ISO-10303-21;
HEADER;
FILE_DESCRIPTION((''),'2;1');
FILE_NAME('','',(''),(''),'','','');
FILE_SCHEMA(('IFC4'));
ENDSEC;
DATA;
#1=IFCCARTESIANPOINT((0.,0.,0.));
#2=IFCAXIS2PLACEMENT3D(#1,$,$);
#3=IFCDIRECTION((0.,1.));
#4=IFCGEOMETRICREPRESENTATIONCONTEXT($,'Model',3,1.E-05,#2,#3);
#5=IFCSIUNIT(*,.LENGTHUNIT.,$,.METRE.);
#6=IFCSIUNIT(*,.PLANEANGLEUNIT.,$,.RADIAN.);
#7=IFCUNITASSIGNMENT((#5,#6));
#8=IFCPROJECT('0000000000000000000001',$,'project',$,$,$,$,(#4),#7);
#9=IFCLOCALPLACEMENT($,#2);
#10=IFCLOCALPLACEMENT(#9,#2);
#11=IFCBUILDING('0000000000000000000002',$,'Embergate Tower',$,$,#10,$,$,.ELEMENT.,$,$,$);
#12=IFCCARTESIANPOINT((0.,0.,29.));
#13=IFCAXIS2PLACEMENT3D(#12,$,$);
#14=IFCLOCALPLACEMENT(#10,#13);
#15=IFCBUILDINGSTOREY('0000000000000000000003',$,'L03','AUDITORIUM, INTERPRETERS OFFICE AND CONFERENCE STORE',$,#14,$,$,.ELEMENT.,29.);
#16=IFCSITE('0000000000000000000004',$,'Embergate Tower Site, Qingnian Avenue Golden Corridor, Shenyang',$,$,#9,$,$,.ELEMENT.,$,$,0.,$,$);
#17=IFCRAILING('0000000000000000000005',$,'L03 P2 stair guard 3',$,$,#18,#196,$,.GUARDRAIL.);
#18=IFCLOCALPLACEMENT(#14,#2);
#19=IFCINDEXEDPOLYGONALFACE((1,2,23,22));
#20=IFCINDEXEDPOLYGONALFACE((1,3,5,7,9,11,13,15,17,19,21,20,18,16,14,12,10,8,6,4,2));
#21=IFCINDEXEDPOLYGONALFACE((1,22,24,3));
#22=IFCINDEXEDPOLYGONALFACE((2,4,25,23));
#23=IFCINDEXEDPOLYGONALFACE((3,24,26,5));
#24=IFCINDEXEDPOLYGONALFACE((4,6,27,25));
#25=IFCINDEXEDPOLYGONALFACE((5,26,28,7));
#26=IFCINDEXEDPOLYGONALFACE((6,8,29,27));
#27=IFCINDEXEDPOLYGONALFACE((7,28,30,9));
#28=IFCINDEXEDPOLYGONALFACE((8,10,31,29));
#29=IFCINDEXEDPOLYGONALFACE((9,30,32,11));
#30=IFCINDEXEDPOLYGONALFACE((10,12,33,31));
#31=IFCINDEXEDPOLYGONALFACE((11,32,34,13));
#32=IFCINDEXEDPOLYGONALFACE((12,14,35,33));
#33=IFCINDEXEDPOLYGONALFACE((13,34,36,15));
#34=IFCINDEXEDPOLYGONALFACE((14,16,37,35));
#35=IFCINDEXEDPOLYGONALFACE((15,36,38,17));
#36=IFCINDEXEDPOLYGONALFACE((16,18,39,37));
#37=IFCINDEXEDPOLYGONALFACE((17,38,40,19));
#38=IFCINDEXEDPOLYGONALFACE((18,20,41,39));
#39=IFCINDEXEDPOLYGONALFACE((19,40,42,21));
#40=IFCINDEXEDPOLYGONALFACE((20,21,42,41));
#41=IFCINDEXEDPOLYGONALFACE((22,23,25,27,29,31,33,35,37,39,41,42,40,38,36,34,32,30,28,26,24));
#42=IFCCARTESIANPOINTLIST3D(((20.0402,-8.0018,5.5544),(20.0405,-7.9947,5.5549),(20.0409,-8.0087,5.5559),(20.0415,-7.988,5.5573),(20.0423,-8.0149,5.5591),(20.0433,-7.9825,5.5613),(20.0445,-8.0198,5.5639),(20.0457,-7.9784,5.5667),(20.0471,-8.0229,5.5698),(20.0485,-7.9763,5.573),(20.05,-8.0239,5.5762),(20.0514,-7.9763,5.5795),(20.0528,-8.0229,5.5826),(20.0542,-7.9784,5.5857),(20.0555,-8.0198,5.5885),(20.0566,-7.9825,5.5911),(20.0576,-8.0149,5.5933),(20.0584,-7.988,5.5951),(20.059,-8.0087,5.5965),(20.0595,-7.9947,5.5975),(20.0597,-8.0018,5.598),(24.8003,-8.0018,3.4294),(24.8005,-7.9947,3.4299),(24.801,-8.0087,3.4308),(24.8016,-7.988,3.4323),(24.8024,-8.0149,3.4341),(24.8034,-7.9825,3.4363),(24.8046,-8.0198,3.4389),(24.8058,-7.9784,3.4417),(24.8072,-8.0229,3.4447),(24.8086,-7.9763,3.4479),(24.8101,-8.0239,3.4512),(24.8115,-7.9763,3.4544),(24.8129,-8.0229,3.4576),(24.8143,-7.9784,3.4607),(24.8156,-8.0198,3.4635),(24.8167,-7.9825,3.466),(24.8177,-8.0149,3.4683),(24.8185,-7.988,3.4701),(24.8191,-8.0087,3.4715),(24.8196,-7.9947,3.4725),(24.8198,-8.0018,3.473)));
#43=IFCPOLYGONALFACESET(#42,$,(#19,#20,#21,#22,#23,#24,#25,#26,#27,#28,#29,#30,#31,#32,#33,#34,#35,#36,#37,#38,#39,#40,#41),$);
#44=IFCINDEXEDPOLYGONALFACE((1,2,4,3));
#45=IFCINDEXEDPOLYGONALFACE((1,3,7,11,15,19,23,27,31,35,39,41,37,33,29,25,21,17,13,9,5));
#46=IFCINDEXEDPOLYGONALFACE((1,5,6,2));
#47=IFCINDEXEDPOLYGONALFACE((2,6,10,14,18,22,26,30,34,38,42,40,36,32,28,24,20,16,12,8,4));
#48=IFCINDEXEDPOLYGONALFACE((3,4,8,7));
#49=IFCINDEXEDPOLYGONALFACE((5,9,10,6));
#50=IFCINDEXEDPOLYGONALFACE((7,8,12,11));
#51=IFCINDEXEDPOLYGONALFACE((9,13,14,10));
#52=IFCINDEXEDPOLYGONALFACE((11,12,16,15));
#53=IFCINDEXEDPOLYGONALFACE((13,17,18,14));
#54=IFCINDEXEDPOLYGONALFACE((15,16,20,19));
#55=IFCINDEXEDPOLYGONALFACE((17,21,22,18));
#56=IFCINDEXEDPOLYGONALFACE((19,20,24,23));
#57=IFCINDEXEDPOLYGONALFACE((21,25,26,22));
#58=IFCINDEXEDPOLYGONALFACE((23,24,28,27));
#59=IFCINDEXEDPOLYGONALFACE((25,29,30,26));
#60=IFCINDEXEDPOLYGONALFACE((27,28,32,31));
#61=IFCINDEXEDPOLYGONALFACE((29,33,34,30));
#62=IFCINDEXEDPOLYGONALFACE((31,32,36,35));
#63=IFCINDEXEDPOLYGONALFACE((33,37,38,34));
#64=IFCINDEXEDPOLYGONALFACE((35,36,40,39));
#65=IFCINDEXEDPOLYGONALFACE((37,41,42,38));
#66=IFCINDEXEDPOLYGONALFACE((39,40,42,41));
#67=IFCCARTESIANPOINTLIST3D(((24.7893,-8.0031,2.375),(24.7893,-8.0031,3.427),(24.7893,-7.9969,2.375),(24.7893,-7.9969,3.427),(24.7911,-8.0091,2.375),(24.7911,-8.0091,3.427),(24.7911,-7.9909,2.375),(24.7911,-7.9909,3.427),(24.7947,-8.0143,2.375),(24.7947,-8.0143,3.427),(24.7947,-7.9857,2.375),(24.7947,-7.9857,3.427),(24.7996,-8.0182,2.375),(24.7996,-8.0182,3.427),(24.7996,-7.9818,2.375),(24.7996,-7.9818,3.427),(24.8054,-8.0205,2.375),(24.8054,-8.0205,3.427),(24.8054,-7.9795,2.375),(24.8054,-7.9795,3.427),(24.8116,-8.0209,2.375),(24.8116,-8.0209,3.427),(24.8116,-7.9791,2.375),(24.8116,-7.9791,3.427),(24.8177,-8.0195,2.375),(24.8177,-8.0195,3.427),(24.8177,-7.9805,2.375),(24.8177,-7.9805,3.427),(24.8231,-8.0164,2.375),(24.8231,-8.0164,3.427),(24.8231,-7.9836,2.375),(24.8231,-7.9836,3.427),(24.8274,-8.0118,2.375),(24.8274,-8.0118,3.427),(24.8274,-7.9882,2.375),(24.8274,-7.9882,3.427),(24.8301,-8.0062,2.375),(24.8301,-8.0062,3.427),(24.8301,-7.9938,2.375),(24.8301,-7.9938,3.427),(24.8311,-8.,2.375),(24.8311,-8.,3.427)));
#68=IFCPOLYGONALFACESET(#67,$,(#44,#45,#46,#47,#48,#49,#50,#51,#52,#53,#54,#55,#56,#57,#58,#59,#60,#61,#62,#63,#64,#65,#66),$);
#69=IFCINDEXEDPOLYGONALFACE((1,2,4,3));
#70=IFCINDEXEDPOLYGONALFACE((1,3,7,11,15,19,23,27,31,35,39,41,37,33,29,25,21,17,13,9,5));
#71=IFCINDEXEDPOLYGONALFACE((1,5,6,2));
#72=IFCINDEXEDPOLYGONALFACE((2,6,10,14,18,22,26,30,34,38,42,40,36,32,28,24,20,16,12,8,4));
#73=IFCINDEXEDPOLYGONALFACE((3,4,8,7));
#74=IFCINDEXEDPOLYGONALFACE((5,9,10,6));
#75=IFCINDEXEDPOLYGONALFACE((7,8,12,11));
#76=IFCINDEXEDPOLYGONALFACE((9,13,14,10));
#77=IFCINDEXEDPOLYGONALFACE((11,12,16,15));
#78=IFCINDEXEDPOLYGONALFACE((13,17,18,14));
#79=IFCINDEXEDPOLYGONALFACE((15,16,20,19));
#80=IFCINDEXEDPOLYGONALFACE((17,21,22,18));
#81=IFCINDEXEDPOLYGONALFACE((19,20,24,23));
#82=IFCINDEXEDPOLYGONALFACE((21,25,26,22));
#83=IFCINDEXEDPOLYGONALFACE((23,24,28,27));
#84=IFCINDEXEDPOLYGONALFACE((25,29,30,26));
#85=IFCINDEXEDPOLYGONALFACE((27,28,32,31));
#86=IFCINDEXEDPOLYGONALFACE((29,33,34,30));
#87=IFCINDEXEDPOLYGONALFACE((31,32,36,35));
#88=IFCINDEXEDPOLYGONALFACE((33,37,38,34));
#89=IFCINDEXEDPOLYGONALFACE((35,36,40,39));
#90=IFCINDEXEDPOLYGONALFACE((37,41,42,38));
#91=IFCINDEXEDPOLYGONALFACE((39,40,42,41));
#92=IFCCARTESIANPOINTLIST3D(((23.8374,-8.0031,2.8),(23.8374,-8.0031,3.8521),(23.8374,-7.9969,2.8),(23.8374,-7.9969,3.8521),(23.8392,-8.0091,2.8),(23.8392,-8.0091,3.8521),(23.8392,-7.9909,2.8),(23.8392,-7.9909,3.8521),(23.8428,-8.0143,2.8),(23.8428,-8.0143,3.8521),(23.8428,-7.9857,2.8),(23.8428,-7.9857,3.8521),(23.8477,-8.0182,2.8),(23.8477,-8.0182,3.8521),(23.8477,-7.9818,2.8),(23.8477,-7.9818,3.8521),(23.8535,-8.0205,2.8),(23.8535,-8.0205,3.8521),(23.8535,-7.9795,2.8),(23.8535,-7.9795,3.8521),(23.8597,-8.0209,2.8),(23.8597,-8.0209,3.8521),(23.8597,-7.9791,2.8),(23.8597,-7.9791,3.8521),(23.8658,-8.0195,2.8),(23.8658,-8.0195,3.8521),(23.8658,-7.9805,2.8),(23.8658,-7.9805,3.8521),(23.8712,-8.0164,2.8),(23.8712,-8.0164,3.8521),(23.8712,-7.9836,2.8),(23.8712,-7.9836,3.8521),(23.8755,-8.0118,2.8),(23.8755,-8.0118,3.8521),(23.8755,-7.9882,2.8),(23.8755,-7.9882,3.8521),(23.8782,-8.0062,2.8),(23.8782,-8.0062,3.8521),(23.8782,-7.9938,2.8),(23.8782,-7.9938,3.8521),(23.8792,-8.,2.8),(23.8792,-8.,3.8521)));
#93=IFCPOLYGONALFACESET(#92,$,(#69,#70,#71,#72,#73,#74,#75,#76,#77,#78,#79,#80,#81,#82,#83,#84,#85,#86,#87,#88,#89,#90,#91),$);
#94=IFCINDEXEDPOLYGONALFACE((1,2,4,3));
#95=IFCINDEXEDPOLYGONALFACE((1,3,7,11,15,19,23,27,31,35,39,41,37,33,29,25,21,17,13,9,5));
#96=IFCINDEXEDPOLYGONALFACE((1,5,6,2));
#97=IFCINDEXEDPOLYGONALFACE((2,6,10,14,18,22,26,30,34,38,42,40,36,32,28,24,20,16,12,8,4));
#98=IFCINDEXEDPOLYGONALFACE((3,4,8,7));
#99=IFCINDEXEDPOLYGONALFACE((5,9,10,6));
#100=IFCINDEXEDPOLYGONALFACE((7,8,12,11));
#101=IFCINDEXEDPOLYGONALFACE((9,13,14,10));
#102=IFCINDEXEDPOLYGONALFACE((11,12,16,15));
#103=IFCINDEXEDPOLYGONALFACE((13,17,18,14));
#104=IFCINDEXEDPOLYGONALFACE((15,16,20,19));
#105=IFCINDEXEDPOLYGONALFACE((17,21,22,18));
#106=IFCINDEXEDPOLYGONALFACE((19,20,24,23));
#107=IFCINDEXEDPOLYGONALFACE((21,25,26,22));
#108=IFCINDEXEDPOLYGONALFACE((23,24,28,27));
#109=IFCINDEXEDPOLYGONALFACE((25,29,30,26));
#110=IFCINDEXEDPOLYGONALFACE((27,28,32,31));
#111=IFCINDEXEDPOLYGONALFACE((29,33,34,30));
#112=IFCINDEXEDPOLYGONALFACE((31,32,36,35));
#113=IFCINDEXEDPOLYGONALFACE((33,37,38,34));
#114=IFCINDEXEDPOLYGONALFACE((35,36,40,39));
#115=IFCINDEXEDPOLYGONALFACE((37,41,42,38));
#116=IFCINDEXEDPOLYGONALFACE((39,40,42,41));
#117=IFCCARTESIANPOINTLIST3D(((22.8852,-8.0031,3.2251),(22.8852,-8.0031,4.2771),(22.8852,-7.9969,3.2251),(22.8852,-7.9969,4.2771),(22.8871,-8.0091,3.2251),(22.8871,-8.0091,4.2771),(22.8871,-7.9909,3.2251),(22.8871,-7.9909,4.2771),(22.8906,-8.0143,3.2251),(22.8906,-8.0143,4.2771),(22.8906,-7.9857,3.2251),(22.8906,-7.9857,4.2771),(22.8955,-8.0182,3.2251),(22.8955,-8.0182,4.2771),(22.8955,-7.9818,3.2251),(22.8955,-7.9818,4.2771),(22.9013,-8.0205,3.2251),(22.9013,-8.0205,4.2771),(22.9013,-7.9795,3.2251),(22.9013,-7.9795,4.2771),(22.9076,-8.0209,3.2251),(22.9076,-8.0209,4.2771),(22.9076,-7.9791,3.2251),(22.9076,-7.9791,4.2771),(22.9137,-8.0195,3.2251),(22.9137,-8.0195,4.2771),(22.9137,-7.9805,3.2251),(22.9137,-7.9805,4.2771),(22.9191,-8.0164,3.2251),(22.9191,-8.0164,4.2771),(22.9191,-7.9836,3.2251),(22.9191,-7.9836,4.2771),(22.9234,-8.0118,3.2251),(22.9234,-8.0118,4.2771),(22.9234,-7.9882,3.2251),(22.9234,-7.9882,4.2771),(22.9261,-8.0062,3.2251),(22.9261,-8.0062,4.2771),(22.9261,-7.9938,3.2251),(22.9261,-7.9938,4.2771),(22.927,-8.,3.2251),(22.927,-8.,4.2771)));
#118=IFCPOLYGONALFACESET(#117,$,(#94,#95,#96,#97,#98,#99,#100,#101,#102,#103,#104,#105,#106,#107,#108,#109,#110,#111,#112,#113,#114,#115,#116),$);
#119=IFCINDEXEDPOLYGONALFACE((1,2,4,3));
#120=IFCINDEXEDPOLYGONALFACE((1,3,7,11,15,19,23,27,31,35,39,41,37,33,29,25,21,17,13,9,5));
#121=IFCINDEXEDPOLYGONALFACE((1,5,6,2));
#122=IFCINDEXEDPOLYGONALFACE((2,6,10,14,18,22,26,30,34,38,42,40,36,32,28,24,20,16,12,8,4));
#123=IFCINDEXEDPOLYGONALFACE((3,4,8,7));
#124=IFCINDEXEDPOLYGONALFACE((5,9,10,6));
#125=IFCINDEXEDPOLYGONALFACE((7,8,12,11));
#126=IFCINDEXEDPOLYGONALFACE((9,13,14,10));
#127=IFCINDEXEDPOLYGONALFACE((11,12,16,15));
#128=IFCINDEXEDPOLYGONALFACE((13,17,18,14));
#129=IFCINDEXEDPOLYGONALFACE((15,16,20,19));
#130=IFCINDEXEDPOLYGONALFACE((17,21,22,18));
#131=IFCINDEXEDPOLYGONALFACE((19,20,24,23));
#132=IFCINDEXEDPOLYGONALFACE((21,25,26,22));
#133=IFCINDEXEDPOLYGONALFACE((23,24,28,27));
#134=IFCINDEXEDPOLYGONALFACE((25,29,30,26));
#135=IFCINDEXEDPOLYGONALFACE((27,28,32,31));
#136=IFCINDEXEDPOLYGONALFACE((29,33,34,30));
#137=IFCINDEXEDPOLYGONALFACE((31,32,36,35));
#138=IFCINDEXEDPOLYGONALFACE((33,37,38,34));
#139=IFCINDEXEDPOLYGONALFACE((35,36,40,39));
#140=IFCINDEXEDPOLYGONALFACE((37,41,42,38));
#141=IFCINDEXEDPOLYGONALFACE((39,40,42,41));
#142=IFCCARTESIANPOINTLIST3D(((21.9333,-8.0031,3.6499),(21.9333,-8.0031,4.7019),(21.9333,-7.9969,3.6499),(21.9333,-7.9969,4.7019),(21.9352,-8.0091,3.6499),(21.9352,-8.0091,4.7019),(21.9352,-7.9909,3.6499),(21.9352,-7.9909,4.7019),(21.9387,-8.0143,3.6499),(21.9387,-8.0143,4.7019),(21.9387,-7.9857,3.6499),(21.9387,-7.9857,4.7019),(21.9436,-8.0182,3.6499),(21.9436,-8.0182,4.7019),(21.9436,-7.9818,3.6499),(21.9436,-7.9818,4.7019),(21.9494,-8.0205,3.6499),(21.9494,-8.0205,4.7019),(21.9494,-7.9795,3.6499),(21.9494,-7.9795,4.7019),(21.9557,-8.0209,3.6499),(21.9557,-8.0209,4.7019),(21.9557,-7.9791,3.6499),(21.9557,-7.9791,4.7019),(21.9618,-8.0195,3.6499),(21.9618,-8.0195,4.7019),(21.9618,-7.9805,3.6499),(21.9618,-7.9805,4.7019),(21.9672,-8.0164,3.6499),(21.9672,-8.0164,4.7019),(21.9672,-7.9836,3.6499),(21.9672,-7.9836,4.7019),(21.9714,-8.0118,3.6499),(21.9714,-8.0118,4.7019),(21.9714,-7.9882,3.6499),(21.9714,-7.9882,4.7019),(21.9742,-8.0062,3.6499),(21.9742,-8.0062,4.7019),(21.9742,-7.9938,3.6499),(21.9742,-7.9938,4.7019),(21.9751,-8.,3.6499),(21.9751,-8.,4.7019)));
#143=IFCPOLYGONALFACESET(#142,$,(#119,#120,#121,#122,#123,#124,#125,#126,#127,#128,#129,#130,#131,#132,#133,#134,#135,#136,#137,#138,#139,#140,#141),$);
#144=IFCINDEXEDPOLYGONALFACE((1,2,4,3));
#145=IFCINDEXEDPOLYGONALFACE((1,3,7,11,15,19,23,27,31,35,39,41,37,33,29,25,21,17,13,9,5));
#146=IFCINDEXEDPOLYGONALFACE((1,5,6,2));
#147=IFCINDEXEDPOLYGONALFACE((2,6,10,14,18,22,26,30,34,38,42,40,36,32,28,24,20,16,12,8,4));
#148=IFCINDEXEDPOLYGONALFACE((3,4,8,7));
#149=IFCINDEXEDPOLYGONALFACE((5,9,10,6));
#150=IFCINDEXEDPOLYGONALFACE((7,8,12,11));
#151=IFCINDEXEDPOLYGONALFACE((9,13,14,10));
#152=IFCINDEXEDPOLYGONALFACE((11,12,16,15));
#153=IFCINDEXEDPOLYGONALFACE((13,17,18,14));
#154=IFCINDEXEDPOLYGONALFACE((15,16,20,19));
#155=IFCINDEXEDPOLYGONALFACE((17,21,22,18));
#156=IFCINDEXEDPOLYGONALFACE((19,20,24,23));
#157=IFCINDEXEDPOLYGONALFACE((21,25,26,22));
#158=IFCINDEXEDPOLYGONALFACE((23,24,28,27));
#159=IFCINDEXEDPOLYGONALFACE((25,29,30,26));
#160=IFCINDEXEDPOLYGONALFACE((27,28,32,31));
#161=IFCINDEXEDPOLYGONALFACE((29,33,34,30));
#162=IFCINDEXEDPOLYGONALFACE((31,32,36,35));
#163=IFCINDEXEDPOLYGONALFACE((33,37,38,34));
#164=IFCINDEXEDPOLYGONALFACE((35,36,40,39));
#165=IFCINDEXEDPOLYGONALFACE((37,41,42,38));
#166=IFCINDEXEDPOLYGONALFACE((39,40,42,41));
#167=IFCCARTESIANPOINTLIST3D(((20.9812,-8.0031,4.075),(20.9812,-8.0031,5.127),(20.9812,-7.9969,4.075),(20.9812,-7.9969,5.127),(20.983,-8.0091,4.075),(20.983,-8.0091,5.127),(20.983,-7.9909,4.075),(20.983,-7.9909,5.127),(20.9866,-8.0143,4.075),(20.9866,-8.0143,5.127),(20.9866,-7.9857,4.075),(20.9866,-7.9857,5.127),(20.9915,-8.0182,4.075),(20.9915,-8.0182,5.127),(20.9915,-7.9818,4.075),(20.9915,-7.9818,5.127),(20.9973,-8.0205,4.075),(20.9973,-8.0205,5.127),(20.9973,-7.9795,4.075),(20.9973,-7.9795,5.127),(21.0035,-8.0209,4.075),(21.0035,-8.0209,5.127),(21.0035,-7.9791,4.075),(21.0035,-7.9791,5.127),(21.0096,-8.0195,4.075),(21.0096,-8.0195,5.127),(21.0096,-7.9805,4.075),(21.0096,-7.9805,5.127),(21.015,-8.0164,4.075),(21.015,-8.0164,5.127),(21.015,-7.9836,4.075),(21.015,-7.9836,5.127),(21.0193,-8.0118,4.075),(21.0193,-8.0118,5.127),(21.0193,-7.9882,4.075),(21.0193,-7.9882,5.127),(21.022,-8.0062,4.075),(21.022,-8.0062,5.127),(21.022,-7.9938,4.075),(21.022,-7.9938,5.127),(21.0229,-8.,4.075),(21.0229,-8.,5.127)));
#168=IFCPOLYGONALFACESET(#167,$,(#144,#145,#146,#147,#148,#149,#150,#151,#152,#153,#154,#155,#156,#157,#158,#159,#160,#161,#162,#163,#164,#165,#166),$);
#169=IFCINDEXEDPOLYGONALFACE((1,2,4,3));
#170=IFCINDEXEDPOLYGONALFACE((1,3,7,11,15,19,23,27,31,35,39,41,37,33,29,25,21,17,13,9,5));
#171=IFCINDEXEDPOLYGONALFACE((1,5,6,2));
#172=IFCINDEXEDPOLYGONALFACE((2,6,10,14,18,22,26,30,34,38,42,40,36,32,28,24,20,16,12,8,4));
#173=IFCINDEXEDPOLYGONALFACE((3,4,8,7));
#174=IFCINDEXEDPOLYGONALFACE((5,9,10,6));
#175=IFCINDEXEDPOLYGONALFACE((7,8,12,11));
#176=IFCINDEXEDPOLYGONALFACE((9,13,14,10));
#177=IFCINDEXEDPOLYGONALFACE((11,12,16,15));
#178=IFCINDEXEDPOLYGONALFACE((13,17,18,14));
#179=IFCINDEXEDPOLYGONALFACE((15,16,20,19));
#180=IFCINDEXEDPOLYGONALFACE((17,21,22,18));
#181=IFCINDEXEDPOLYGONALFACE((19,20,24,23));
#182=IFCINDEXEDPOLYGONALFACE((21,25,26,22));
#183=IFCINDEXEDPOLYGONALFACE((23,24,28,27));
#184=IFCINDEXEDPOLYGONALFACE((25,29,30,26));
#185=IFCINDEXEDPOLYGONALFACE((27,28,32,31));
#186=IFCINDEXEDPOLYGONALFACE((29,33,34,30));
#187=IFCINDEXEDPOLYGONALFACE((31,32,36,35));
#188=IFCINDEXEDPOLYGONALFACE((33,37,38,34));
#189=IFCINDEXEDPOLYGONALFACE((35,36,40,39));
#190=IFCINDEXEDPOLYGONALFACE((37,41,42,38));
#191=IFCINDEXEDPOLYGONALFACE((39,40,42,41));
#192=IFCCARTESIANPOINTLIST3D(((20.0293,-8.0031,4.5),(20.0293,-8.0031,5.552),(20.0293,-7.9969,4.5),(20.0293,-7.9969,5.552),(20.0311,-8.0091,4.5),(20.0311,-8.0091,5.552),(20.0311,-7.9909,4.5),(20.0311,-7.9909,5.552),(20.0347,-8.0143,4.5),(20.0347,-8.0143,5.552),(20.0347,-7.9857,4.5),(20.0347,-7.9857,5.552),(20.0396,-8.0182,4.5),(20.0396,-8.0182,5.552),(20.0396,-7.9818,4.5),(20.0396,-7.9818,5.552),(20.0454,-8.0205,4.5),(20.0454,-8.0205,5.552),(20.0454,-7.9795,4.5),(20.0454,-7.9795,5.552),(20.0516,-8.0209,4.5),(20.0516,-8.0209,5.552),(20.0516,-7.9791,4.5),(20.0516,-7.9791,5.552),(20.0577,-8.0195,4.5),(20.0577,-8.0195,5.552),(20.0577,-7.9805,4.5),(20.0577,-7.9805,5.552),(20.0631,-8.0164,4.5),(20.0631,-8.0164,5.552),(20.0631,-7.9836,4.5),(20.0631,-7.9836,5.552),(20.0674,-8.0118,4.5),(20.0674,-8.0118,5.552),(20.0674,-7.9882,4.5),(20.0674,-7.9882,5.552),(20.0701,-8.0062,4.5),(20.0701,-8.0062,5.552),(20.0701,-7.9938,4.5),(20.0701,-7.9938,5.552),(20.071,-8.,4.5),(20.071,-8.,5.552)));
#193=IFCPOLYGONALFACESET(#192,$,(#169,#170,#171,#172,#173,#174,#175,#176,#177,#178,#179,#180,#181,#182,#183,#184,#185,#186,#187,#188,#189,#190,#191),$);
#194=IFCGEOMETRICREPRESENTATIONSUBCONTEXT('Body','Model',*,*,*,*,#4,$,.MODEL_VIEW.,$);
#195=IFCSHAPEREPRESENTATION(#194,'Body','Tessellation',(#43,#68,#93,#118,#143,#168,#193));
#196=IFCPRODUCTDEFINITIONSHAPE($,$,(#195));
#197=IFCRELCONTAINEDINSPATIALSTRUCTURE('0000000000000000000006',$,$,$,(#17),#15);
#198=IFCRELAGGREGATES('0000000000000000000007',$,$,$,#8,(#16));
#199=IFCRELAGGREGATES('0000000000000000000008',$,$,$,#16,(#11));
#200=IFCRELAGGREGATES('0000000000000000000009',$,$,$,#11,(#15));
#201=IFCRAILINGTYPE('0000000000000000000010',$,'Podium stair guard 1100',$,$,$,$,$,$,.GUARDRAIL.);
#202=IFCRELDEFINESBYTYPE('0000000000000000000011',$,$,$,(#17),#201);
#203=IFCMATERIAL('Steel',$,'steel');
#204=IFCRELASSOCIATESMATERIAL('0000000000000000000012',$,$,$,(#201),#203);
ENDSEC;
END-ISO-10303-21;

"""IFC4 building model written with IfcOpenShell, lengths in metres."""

from ifc_helpers import new_model, si_unit, direction, frame, origin, origin_2d, place, context, subcontext, project, spatial, circle, extrude, source, transform, mapped, material, type_object, element, save


model = new_model("IFC4")

# Units and contexts
model_context = context("Model", 3, precision=1e-05, world=origin(), true_north=direction((0.0, 1.0)))
body_context = subcontext(model_context, "Body", "Model", "MODEL_VIEW")
ifc_project = project(units=[si_unit("LENGTHUNIT", "METRE"), si_unit("PLANEANGLEUNIT", "RADIAN")], contexts=[model_context])

# Site, building, storey
site_placement = place(None, origin())
site = spatial("IfcSite", under=ifc_project, at=site_placement, Name="Embergate Tower Site, Qingnian Avenue Golden Corridor, Shenyang", CompositionType="ELEMENT", RefElevation=0.0)
building_placement = place(site_placement, origin())
building = spatial("IfcBuilding", under=site, at=building_placement, Name="Embergate Tower", CompositionType="ELEMENT")
storey_placement = place(building_placement, frame((0.0, 0.0, 29.0)))
storey = spatial("IfcBuildingStorey", under=building, at=storey_placement, Name="L03", Description="AUDITORIUM, INTERPRETERS OFFICE AND CONFERENCE STORE", CompositionType="ELEMENT", Elevation=29.0)

# Railing
ifc_material_1 = material(Name="Steel", Category="steel")
railing_type_1 = type_object("IfcRailingType", Name="Podium stair guard 1100", PredefinedType="GUARDRAIL", material=ifc_material_1)
shared_shape_1 = source(origin(), body_context, "Body", "SweptSolid", [
    extrude(circle(Radius=0.0239, at=origin_2d()), frame((0.0, 0.0, 1.0762), z_axis=(-0.913138, 0.0, 0.40765), x_axis=(0.0, -1.0, 0.0)), (0.0, 0.0, 1.0), 5.2129),
    extrude(circle(Radius=0.021, at=origin_2d()), origin(), (0.0, 0.0, 1.0), 1.052),
    extrude(circle(Radius=0.021, at=origin_2d()), frame((-0.9519, 0.0, 0.425)), (0.0, 0.0, 1.0), 1.052),
    extrude(circle(Radius=0.021, at=origin_2d()), frame((-1.9041, 0.0, 0.8501)), (0.0, 0.0, 1.0), 1.052),
    extrude(circle(Radius=0.021, at=origin_2d()), frame((-2.856, 0.0, 1.2749)), (0.0, 0.0, 1.0), 1.052),
    extrude(circle(Radius=0.021, at=origin_2d()), frame((-3.8081, 0.0, 1.7)), (0.0, 0.0, 1.0), 1.052),
    extrude(circle(Radius=0.021, at=origin_2d()), frame((-4.76, 0.0, 2.125)), (0.0, 0.0, 1.0), 1.052),
])
railing_1_placement = place(storey_placement, frame((24.8101, -8.0, 2.375)))
element("IfcRailing", 1, at=railing_1_placement, inside=storey, type_object=railing_type_1, Name="L03 P2 stair guard 3", PredefinedType="GUARDRAIL", context=body_context, shape_type="MappedRepresentation", body=[
    mapped(shared_shape_1, transform((0.0, 0.0, 0.0))),
])

save(model, "model.ifc")
